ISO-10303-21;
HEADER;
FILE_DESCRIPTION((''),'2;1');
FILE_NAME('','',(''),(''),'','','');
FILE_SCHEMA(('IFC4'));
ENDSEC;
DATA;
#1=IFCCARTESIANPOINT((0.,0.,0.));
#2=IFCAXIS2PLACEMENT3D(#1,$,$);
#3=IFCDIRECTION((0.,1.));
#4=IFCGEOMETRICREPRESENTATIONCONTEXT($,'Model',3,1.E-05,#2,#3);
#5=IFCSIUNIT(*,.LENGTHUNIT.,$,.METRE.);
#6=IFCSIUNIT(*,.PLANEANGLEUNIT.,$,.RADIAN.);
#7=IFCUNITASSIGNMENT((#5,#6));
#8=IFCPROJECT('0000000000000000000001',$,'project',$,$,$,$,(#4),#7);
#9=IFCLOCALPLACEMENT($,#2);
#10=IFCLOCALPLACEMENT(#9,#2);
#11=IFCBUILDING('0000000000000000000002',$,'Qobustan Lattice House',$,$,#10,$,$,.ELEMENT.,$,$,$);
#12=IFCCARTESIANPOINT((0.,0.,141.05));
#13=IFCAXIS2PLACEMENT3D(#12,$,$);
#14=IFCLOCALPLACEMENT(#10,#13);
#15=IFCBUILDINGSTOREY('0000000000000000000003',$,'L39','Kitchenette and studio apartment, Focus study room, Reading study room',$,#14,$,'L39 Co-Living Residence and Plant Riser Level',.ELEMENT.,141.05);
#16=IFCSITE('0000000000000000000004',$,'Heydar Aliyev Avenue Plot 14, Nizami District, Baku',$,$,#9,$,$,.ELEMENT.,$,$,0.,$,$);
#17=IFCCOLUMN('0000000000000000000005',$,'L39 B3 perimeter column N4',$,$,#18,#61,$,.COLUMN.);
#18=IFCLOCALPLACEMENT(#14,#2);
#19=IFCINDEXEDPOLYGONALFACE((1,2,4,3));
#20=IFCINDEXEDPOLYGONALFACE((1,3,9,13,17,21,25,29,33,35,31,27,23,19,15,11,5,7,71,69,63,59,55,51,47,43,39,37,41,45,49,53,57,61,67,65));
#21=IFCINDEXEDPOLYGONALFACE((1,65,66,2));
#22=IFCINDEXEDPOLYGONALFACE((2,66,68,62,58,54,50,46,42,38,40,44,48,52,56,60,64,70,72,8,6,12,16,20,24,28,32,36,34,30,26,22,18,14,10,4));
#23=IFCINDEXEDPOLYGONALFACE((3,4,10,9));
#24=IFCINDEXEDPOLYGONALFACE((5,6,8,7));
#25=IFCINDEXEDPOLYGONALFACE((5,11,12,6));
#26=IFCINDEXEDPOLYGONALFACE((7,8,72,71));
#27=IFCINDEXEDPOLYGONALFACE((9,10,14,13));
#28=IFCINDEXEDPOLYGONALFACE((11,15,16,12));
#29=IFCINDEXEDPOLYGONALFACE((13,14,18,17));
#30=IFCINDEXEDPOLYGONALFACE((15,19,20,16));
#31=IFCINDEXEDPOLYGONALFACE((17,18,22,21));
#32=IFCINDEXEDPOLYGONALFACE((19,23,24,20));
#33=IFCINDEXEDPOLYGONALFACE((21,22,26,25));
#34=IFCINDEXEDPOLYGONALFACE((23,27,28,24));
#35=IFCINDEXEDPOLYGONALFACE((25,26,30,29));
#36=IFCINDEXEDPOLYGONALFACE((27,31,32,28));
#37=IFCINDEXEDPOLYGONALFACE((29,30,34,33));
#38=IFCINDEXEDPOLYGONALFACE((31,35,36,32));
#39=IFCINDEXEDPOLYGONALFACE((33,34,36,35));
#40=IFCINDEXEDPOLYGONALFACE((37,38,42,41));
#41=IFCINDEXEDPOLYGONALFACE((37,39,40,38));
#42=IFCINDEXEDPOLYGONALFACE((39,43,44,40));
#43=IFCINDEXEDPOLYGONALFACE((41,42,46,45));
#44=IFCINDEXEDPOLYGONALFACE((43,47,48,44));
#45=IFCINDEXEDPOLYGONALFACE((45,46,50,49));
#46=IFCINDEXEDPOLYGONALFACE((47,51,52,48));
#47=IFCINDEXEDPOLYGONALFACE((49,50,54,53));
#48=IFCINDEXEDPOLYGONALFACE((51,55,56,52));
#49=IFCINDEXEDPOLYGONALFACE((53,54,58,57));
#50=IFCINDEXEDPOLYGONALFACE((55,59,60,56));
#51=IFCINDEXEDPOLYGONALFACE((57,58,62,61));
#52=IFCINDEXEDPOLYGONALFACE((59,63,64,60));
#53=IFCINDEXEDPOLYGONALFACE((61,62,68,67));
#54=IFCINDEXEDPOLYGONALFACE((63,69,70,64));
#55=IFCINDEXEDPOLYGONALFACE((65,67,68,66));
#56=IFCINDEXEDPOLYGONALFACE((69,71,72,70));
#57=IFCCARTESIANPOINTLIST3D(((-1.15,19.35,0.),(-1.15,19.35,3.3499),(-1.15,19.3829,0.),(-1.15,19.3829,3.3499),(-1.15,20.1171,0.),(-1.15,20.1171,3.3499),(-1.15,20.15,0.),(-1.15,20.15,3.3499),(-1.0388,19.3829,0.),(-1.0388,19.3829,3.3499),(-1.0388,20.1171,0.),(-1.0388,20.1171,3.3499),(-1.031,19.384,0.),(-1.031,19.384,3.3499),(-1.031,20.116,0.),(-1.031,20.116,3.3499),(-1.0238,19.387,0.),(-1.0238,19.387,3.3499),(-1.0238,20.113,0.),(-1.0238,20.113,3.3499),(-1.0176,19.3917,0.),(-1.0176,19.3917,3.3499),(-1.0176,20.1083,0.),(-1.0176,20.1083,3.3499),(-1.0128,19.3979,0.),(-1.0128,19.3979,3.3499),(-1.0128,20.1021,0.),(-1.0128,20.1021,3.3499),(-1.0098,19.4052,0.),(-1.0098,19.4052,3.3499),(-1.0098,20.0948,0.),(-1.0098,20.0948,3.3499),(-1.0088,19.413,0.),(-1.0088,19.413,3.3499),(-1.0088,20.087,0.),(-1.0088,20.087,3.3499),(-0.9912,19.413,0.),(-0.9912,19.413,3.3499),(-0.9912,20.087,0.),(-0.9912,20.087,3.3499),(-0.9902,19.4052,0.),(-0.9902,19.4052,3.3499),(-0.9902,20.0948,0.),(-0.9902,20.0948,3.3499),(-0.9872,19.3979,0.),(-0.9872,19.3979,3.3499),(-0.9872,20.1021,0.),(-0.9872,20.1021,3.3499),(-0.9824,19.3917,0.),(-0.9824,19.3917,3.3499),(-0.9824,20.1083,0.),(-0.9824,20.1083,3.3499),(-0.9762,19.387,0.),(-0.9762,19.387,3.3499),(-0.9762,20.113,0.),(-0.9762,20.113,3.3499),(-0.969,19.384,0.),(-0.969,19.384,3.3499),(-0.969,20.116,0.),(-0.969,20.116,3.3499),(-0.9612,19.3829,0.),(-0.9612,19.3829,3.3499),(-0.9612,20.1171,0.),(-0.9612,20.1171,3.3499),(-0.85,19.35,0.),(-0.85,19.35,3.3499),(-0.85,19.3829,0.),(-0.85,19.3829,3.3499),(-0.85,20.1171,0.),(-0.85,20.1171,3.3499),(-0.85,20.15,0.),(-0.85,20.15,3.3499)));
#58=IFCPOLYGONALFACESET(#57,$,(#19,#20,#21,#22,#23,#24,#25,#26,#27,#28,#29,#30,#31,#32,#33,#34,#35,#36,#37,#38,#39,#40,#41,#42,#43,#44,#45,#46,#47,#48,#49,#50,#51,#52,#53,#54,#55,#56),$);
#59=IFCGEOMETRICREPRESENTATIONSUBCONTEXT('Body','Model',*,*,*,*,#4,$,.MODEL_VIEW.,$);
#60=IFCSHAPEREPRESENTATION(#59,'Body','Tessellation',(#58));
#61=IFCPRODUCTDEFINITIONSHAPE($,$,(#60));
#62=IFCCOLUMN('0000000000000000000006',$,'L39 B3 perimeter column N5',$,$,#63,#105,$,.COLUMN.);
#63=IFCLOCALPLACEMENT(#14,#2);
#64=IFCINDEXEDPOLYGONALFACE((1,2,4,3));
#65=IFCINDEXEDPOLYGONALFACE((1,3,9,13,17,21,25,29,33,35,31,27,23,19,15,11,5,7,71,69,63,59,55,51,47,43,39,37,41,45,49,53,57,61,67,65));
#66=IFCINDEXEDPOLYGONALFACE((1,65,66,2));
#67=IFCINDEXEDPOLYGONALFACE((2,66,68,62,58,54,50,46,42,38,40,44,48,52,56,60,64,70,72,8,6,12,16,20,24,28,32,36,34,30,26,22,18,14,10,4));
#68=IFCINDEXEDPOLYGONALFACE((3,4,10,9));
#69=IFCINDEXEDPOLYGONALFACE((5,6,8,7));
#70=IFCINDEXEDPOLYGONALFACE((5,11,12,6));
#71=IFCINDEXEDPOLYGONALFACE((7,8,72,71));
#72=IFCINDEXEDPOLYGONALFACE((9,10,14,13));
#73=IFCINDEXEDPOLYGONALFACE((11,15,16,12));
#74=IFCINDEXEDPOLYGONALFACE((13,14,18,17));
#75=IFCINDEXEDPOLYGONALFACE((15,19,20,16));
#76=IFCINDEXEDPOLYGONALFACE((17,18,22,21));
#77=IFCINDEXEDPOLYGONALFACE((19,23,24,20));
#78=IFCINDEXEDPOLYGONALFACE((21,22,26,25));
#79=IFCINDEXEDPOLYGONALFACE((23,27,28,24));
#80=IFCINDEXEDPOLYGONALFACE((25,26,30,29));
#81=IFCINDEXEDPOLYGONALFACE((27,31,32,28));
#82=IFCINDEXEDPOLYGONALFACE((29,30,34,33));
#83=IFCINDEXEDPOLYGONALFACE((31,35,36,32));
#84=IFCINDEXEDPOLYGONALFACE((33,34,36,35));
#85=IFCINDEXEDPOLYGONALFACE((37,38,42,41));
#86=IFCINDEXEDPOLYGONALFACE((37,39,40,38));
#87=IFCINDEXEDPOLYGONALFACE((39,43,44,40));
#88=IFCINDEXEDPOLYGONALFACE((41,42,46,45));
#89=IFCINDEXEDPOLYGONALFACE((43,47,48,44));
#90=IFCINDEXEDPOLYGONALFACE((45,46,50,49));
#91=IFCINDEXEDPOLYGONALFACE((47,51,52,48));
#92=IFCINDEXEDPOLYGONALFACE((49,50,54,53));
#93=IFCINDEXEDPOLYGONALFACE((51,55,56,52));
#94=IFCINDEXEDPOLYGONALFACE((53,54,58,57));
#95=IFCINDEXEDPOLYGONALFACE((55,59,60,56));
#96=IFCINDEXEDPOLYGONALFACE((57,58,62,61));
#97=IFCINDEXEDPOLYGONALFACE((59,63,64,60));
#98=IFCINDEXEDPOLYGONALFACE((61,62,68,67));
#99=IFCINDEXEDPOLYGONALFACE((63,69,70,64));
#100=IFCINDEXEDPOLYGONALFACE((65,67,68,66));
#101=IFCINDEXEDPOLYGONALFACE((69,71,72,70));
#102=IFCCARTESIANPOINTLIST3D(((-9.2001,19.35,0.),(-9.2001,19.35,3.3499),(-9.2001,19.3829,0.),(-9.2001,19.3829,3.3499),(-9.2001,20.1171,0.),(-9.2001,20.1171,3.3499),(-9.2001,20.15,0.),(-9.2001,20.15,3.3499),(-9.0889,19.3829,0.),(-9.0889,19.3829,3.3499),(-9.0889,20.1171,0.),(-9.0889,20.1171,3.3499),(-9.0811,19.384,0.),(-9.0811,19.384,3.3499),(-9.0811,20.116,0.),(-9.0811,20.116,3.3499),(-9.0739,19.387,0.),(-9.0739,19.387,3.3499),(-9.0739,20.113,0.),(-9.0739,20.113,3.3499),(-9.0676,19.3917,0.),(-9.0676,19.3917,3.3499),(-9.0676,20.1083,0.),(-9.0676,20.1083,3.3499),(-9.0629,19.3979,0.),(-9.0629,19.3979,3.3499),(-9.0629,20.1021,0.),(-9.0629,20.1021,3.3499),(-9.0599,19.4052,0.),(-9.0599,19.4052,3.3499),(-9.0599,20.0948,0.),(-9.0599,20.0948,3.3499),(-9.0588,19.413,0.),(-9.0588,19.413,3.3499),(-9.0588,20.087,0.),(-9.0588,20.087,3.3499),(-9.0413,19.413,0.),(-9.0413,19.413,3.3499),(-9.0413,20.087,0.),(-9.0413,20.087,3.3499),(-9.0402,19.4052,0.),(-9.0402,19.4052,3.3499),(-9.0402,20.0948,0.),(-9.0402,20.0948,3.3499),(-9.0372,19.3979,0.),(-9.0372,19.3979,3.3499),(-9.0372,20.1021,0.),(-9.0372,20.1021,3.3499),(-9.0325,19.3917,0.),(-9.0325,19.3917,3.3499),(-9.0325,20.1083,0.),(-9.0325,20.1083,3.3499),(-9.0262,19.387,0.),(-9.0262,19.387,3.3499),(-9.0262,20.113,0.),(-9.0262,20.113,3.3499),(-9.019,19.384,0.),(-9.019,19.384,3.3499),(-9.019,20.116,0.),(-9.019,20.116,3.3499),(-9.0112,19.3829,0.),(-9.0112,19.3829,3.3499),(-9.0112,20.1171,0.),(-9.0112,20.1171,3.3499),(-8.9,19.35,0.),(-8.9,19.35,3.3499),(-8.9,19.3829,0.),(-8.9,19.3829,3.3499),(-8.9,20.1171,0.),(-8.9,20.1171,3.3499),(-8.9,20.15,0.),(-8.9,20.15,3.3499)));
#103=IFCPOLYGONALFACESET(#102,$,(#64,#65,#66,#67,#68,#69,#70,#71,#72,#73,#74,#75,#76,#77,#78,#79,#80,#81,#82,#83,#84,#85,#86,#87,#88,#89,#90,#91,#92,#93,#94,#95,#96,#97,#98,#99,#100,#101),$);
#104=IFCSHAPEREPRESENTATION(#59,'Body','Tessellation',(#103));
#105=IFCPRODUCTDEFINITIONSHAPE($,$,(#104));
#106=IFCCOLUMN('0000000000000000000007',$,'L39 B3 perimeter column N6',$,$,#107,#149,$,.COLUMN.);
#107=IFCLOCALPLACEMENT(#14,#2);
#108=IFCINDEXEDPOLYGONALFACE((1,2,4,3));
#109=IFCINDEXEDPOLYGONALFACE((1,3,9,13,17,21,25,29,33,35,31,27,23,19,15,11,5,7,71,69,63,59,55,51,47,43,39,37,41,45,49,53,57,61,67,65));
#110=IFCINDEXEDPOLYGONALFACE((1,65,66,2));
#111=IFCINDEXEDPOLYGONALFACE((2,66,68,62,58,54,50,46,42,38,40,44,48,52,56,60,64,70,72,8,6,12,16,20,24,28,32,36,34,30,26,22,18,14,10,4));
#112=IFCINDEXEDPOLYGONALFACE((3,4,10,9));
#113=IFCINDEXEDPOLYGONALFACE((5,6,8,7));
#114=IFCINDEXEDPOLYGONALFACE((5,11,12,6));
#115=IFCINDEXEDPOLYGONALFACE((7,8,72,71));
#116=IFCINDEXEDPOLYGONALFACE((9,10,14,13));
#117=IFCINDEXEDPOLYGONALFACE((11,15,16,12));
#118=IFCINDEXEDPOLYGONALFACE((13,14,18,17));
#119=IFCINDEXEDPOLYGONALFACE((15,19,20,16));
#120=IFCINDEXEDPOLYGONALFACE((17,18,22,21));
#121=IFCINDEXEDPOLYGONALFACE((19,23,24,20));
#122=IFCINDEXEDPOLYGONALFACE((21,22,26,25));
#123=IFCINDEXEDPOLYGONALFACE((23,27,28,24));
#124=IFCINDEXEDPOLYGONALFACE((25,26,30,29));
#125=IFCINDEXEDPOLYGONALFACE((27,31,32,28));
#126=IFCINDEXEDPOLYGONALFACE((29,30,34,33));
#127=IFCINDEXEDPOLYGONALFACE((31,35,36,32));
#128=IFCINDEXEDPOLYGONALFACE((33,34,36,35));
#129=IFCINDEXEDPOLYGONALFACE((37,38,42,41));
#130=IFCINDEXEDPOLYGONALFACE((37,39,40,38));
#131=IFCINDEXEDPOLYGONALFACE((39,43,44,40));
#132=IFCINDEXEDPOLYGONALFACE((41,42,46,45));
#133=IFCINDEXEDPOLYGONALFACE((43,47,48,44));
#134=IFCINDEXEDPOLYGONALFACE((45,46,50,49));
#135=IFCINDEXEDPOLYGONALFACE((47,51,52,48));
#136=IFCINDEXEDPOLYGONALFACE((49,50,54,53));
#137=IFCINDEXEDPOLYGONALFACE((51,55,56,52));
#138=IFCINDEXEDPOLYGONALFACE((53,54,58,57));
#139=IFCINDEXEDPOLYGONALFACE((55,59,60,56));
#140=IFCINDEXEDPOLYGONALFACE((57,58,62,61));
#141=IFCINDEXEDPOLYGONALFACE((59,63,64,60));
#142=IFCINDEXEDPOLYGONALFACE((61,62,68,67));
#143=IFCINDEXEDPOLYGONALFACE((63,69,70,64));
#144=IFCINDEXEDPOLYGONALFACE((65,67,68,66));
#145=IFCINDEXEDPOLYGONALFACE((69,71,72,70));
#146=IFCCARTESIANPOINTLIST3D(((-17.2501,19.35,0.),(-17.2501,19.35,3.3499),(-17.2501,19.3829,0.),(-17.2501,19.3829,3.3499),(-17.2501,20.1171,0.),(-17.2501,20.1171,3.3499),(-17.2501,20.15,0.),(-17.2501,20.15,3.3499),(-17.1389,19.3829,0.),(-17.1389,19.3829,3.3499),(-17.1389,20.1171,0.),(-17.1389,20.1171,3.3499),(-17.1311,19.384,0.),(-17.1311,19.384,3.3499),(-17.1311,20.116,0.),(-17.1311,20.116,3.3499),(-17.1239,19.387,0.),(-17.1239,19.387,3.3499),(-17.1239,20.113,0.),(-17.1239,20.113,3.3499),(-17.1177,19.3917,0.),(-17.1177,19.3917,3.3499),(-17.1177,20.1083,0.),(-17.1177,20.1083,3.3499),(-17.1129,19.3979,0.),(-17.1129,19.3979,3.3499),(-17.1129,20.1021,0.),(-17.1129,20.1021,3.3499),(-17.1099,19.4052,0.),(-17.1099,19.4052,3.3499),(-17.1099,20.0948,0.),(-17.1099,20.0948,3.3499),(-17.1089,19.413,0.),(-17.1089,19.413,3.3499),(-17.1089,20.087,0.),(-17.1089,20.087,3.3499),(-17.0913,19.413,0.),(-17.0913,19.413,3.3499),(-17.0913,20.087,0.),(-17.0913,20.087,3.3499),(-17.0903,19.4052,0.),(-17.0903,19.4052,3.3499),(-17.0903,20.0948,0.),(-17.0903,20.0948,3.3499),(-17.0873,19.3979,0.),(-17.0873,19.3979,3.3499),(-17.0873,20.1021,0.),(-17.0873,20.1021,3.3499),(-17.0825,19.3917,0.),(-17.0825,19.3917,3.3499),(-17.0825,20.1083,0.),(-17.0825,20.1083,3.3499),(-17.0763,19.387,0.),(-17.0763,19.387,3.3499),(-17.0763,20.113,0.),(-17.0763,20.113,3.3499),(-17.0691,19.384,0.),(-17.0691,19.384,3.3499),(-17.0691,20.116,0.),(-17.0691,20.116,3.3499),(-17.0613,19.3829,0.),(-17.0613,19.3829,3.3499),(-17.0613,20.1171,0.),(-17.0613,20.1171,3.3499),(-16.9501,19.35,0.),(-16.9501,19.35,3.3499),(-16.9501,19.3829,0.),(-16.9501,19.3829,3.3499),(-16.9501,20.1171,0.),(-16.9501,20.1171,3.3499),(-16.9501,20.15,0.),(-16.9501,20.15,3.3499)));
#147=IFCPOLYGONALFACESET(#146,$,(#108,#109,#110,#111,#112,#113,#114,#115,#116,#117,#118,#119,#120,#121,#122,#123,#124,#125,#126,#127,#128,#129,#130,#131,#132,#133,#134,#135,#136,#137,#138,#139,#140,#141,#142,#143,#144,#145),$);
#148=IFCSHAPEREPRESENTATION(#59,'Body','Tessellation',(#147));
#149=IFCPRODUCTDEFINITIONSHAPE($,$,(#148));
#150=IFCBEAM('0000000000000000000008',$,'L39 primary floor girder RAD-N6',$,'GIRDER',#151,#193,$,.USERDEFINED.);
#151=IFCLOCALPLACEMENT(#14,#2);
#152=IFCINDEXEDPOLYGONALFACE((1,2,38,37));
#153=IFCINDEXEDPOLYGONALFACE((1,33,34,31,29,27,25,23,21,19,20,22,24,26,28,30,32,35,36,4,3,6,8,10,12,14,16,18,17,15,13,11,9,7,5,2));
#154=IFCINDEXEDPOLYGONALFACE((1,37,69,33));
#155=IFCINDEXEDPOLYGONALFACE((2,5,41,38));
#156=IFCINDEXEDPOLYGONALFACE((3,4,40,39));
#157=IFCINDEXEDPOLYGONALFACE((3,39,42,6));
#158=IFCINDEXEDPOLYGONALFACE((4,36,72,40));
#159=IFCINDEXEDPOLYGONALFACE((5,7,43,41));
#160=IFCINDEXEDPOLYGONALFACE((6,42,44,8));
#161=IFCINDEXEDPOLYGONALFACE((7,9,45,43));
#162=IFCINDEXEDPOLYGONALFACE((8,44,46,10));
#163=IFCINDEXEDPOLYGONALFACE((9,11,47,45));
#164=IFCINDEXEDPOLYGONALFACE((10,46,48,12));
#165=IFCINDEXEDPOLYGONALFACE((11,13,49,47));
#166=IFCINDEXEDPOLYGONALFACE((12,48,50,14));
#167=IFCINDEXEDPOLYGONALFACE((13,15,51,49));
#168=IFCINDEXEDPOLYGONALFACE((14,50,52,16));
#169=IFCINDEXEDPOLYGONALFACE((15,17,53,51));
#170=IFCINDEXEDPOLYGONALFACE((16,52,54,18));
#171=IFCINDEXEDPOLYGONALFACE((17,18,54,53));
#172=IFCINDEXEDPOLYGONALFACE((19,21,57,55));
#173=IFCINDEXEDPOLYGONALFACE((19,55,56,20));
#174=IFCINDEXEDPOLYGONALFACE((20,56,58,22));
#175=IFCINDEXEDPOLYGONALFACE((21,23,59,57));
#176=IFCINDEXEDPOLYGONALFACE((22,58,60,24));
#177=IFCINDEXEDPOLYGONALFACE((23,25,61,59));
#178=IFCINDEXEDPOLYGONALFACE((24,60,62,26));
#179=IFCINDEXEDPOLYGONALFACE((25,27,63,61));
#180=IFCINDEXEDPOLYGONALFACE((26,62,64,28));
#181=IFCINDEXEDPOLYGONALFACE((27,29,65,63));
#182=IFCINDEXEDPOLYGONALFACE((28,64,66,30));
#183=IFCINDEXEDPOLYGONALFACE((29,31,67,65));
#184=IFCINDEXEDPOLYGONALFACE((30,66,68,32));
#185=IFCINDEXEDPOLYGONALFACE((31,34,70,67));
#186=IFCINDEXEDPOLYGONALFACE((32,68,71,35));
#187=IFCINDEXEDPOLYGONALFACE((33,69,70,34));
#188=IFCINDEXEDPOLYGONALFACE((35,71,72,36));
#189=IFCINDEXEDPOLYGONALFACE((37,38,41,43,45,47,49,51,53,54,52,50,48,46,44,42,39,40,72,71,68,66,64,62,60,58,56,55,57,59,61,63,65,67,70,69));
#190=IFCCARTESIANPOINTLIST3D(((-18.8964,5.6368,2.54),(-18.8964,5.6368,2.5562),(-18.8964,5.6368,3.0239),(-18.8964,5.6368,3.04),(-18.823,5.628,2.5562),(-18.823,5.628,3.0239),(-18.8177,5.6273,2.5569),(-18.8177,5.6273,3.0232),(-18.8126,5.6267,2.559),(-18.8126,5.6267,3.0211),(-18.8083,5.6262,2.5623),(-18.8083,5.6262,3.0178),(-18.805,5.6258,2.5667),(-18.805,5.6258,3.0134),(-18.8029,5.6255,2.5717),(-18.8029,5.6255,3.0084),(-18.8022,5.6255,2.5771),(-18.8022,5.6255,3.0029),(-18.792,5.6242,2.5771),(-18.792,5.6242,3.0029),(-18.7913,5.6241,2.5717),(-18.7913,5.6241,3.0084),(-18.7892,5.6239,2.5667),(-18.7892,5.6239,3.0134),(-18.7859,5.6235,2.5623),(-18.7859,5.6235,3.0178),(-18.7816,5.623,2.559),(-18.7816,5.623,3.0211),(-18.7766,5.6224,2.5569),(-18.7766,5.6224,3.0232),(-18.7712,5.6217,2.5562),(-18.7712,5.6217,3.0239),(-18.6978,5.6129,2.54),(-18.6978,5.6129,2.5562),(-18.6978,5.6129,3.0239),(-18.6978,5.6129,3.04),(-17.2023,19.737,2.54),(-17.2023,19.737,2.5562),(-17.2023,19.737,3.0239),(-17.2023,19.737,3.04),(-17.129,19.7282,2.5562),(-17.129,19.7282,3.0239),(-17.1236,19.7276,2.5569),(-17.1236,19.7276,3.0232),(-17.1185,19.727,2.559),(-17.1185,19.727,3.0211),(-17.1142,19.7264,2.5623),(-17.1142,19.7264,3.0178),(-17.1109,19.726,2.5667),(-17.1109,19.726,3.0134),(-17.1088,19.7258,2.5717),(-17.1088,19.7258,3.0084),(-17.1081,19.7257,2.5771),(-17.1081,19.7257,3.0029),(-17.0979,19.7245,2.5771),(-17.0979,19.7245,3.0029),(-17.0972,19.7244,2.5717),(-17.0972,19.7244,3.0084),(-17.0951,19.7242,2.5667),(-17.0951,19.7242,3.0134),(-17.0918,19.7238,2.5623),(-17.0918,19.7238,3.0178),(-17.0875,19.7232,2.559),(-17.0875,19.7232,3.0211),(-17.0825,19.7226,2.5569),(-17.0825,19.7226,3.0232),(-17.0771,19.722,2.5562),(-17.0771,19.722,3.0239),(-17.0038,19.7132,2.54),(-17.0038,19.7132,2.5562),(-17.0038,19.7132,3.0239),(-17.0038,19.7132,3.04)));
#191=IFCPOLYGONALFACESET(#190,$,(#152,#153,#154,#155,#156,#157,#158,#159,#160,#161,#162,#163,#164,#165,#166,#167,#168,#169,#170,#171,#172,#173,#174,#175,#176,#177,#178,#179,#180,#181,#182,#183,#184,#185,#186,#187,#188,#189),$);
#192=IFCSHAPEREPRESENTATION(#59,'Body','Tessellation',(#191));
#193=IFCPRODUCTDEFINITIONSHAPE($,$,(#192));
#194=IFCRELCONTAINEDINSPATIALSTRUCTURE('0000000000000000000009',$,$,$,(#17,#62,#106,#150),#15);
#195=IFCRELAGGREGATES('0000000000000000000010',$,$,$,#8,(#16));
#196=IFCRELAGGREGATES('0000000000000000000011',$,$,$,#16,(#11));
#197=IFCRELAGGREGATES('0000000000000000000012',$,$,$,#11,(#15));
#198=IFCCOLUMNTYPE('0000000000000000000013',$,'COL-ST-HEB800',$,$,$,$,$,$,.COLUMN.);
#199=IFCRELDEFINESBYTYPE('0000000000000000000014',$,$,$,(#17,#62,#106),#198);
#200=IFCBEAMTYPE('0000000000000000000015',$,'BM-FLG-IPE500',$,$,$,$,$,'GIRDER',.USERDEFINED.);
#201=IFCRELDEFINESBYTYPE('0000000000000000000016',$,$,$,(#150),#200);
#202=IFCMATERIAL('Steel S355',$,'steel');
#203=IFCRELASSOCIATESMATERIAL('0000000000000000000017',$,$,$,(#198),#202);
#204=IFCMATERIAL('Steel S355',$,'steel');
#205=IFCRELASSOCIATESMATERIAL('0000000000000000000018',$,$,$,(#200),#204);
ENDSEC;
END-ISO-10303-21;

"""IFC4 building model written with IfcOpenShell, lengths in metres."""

from ifc_helpers import new_model, si_unit, direction, frame, origin, origin_2d, place, context, subcontext, project, spatial, i_section, extrude, material, material_profile, profile_set, type_object, element, save


model = new_model("IFC4")

# Units and contexts
model_context = context("Model", 3, precision=1e-05, world=origin(), true_north=direction((0.0, 1.0)))
body_context = subcontext(model_context, "Body", "Model", "MODEL_VIEW")
ifc_project = project(units=[si_unit("LENGTHUNIT", "METRE"), si_unit("PLANEANGLEUNIT", "RADIAN")], contexts=[model_context])

# Site, building, storey
site_placement = place(None, origin())
site = spatial("IfcSite", under=ifc_project, at=site_placement, Name="Heydar Aliyev Avenue Plot 14, Nizami District, Baku", CompositionType="ELEMENT", RefElevation=0.0)
building_placement = place(site_placement, origin())
building = spatial("IfcBuilding", under=site, at=building_placement, Name="Qobustan Lattice House", CompositionType="ELEMENT")
storey_placement = place(building_placement, frame((0.0, 0.0, 141.05)))
storey = spatial("IfcBuildingStorey", under=building, at=storey_placement, Name="L39", Description="Kitchenette and studio apartment, Focus study room, Reading study room", LongName="L39 Co-Living Residence and Plant Riser Level", CompositionType="ELEMENT", Elevation=141.05)

# Columns
ifc_material_1 = material(Name="Steel S355", Category="steel")
ifc_material_profile_1 = material_profile(ifc_material_1, i_section(OverallWidth=0.3, OverallDepth=0.8, WebThickness=0.0176, FlangeThickness=0.033, FilletRadius=0.03, at=origin_2d()), Name="HEB800")
ifc_profile_set_1 = profile_set([ifc_material_profile_1], Name="Steel S355")
column_type = type_object("IfcColumnType", Name="COL-ST-HEB800", PredefinedType="COLUMN", material=ifc_profile_set_1)
for number, where, z_axis, x_axis, name in (
    (1, (-1.0, 19.75, 0.0), (0.0, 0.0, 1.0), (1.0, 0.0, 0.0), "L39 B3 perimeter column N4"),
    (2, (-9.05, 19.75, 0.0), (0.0, 0.0, 1.0), (1.0, 0.0, 0.0), "L39 B3 perimeter column N5"),
    (3, (-17.1001, 19.75, 0.0), (0.0, 0.0, 1.0), (1.0, 0.0, 0.0), "L39 B3 perimeter column N6"),
):
    element("IfcColumn", number, at=place(storey_placement, frame(where, z_axis=z_axis, x_axis=x_axis)), inside=storey, type_object=column_type, Name=name, PredefinedType="COLUMN", context=body_context, shape_type="SweptSolid", body=[
        extrude(i_section(OverallWidth=0.3, OverallDepth=0.8, WebThickness=0.0176, FlangeThickness=0.033, FilletRadius=0.03, at=origin_2d()), origin(), (0.0, 0.0, 1.0), 3.3499),
    ])

# Beam
ifc_material_2 = material(Name="Steel S355", Category="steel")
ifc_material_profile_2 = material_profile(ifc_material_2, i_section(OverallWidth=0.2, OverallDepth=0.5, WebThickness=0.0103, FlangeThickness=0.0161, FilletRadius=0.021, at=origin_2d()), Name="IPE500")
ifc_profile_set_2 = profile_set([ifc_material_profile_2], Name="Steel S355")
beam_type_1 = type_object("IfcBeamType", Name="BM-FLG-IPE500", ElementType="GIRDER", PredefinedType="USERDEFINED", material=ifc_profile_set_2)
beam_1_placement = place(storey_placement, frame((-17.103, 19.7251, 2.79), z_axis=(-0.119288, -0.99286, 0.0), x_axis=(0.99286, -0.119288, 0.0)))
element("IfcBeam", 4, at=beam_1_placement, inside=storey, type_object=beam_type_1, Name="L39 primary floor girder RAD-N6", ObjectType="GIRDER", PredefinedType="USERDEFINED", context=body_context, shape_type="SweptSolid", body=[
    extrude(i_section(OverallWidth=0.2, OverallDepth=0.5, WebThickness=0.0103, FlangeThickness=0.0161, FilletRadius=0.021, at=origin_2d()), origin(), (0.0, 0.0, 1.0), 14.2017),
])

save(model, "model.ifc")
